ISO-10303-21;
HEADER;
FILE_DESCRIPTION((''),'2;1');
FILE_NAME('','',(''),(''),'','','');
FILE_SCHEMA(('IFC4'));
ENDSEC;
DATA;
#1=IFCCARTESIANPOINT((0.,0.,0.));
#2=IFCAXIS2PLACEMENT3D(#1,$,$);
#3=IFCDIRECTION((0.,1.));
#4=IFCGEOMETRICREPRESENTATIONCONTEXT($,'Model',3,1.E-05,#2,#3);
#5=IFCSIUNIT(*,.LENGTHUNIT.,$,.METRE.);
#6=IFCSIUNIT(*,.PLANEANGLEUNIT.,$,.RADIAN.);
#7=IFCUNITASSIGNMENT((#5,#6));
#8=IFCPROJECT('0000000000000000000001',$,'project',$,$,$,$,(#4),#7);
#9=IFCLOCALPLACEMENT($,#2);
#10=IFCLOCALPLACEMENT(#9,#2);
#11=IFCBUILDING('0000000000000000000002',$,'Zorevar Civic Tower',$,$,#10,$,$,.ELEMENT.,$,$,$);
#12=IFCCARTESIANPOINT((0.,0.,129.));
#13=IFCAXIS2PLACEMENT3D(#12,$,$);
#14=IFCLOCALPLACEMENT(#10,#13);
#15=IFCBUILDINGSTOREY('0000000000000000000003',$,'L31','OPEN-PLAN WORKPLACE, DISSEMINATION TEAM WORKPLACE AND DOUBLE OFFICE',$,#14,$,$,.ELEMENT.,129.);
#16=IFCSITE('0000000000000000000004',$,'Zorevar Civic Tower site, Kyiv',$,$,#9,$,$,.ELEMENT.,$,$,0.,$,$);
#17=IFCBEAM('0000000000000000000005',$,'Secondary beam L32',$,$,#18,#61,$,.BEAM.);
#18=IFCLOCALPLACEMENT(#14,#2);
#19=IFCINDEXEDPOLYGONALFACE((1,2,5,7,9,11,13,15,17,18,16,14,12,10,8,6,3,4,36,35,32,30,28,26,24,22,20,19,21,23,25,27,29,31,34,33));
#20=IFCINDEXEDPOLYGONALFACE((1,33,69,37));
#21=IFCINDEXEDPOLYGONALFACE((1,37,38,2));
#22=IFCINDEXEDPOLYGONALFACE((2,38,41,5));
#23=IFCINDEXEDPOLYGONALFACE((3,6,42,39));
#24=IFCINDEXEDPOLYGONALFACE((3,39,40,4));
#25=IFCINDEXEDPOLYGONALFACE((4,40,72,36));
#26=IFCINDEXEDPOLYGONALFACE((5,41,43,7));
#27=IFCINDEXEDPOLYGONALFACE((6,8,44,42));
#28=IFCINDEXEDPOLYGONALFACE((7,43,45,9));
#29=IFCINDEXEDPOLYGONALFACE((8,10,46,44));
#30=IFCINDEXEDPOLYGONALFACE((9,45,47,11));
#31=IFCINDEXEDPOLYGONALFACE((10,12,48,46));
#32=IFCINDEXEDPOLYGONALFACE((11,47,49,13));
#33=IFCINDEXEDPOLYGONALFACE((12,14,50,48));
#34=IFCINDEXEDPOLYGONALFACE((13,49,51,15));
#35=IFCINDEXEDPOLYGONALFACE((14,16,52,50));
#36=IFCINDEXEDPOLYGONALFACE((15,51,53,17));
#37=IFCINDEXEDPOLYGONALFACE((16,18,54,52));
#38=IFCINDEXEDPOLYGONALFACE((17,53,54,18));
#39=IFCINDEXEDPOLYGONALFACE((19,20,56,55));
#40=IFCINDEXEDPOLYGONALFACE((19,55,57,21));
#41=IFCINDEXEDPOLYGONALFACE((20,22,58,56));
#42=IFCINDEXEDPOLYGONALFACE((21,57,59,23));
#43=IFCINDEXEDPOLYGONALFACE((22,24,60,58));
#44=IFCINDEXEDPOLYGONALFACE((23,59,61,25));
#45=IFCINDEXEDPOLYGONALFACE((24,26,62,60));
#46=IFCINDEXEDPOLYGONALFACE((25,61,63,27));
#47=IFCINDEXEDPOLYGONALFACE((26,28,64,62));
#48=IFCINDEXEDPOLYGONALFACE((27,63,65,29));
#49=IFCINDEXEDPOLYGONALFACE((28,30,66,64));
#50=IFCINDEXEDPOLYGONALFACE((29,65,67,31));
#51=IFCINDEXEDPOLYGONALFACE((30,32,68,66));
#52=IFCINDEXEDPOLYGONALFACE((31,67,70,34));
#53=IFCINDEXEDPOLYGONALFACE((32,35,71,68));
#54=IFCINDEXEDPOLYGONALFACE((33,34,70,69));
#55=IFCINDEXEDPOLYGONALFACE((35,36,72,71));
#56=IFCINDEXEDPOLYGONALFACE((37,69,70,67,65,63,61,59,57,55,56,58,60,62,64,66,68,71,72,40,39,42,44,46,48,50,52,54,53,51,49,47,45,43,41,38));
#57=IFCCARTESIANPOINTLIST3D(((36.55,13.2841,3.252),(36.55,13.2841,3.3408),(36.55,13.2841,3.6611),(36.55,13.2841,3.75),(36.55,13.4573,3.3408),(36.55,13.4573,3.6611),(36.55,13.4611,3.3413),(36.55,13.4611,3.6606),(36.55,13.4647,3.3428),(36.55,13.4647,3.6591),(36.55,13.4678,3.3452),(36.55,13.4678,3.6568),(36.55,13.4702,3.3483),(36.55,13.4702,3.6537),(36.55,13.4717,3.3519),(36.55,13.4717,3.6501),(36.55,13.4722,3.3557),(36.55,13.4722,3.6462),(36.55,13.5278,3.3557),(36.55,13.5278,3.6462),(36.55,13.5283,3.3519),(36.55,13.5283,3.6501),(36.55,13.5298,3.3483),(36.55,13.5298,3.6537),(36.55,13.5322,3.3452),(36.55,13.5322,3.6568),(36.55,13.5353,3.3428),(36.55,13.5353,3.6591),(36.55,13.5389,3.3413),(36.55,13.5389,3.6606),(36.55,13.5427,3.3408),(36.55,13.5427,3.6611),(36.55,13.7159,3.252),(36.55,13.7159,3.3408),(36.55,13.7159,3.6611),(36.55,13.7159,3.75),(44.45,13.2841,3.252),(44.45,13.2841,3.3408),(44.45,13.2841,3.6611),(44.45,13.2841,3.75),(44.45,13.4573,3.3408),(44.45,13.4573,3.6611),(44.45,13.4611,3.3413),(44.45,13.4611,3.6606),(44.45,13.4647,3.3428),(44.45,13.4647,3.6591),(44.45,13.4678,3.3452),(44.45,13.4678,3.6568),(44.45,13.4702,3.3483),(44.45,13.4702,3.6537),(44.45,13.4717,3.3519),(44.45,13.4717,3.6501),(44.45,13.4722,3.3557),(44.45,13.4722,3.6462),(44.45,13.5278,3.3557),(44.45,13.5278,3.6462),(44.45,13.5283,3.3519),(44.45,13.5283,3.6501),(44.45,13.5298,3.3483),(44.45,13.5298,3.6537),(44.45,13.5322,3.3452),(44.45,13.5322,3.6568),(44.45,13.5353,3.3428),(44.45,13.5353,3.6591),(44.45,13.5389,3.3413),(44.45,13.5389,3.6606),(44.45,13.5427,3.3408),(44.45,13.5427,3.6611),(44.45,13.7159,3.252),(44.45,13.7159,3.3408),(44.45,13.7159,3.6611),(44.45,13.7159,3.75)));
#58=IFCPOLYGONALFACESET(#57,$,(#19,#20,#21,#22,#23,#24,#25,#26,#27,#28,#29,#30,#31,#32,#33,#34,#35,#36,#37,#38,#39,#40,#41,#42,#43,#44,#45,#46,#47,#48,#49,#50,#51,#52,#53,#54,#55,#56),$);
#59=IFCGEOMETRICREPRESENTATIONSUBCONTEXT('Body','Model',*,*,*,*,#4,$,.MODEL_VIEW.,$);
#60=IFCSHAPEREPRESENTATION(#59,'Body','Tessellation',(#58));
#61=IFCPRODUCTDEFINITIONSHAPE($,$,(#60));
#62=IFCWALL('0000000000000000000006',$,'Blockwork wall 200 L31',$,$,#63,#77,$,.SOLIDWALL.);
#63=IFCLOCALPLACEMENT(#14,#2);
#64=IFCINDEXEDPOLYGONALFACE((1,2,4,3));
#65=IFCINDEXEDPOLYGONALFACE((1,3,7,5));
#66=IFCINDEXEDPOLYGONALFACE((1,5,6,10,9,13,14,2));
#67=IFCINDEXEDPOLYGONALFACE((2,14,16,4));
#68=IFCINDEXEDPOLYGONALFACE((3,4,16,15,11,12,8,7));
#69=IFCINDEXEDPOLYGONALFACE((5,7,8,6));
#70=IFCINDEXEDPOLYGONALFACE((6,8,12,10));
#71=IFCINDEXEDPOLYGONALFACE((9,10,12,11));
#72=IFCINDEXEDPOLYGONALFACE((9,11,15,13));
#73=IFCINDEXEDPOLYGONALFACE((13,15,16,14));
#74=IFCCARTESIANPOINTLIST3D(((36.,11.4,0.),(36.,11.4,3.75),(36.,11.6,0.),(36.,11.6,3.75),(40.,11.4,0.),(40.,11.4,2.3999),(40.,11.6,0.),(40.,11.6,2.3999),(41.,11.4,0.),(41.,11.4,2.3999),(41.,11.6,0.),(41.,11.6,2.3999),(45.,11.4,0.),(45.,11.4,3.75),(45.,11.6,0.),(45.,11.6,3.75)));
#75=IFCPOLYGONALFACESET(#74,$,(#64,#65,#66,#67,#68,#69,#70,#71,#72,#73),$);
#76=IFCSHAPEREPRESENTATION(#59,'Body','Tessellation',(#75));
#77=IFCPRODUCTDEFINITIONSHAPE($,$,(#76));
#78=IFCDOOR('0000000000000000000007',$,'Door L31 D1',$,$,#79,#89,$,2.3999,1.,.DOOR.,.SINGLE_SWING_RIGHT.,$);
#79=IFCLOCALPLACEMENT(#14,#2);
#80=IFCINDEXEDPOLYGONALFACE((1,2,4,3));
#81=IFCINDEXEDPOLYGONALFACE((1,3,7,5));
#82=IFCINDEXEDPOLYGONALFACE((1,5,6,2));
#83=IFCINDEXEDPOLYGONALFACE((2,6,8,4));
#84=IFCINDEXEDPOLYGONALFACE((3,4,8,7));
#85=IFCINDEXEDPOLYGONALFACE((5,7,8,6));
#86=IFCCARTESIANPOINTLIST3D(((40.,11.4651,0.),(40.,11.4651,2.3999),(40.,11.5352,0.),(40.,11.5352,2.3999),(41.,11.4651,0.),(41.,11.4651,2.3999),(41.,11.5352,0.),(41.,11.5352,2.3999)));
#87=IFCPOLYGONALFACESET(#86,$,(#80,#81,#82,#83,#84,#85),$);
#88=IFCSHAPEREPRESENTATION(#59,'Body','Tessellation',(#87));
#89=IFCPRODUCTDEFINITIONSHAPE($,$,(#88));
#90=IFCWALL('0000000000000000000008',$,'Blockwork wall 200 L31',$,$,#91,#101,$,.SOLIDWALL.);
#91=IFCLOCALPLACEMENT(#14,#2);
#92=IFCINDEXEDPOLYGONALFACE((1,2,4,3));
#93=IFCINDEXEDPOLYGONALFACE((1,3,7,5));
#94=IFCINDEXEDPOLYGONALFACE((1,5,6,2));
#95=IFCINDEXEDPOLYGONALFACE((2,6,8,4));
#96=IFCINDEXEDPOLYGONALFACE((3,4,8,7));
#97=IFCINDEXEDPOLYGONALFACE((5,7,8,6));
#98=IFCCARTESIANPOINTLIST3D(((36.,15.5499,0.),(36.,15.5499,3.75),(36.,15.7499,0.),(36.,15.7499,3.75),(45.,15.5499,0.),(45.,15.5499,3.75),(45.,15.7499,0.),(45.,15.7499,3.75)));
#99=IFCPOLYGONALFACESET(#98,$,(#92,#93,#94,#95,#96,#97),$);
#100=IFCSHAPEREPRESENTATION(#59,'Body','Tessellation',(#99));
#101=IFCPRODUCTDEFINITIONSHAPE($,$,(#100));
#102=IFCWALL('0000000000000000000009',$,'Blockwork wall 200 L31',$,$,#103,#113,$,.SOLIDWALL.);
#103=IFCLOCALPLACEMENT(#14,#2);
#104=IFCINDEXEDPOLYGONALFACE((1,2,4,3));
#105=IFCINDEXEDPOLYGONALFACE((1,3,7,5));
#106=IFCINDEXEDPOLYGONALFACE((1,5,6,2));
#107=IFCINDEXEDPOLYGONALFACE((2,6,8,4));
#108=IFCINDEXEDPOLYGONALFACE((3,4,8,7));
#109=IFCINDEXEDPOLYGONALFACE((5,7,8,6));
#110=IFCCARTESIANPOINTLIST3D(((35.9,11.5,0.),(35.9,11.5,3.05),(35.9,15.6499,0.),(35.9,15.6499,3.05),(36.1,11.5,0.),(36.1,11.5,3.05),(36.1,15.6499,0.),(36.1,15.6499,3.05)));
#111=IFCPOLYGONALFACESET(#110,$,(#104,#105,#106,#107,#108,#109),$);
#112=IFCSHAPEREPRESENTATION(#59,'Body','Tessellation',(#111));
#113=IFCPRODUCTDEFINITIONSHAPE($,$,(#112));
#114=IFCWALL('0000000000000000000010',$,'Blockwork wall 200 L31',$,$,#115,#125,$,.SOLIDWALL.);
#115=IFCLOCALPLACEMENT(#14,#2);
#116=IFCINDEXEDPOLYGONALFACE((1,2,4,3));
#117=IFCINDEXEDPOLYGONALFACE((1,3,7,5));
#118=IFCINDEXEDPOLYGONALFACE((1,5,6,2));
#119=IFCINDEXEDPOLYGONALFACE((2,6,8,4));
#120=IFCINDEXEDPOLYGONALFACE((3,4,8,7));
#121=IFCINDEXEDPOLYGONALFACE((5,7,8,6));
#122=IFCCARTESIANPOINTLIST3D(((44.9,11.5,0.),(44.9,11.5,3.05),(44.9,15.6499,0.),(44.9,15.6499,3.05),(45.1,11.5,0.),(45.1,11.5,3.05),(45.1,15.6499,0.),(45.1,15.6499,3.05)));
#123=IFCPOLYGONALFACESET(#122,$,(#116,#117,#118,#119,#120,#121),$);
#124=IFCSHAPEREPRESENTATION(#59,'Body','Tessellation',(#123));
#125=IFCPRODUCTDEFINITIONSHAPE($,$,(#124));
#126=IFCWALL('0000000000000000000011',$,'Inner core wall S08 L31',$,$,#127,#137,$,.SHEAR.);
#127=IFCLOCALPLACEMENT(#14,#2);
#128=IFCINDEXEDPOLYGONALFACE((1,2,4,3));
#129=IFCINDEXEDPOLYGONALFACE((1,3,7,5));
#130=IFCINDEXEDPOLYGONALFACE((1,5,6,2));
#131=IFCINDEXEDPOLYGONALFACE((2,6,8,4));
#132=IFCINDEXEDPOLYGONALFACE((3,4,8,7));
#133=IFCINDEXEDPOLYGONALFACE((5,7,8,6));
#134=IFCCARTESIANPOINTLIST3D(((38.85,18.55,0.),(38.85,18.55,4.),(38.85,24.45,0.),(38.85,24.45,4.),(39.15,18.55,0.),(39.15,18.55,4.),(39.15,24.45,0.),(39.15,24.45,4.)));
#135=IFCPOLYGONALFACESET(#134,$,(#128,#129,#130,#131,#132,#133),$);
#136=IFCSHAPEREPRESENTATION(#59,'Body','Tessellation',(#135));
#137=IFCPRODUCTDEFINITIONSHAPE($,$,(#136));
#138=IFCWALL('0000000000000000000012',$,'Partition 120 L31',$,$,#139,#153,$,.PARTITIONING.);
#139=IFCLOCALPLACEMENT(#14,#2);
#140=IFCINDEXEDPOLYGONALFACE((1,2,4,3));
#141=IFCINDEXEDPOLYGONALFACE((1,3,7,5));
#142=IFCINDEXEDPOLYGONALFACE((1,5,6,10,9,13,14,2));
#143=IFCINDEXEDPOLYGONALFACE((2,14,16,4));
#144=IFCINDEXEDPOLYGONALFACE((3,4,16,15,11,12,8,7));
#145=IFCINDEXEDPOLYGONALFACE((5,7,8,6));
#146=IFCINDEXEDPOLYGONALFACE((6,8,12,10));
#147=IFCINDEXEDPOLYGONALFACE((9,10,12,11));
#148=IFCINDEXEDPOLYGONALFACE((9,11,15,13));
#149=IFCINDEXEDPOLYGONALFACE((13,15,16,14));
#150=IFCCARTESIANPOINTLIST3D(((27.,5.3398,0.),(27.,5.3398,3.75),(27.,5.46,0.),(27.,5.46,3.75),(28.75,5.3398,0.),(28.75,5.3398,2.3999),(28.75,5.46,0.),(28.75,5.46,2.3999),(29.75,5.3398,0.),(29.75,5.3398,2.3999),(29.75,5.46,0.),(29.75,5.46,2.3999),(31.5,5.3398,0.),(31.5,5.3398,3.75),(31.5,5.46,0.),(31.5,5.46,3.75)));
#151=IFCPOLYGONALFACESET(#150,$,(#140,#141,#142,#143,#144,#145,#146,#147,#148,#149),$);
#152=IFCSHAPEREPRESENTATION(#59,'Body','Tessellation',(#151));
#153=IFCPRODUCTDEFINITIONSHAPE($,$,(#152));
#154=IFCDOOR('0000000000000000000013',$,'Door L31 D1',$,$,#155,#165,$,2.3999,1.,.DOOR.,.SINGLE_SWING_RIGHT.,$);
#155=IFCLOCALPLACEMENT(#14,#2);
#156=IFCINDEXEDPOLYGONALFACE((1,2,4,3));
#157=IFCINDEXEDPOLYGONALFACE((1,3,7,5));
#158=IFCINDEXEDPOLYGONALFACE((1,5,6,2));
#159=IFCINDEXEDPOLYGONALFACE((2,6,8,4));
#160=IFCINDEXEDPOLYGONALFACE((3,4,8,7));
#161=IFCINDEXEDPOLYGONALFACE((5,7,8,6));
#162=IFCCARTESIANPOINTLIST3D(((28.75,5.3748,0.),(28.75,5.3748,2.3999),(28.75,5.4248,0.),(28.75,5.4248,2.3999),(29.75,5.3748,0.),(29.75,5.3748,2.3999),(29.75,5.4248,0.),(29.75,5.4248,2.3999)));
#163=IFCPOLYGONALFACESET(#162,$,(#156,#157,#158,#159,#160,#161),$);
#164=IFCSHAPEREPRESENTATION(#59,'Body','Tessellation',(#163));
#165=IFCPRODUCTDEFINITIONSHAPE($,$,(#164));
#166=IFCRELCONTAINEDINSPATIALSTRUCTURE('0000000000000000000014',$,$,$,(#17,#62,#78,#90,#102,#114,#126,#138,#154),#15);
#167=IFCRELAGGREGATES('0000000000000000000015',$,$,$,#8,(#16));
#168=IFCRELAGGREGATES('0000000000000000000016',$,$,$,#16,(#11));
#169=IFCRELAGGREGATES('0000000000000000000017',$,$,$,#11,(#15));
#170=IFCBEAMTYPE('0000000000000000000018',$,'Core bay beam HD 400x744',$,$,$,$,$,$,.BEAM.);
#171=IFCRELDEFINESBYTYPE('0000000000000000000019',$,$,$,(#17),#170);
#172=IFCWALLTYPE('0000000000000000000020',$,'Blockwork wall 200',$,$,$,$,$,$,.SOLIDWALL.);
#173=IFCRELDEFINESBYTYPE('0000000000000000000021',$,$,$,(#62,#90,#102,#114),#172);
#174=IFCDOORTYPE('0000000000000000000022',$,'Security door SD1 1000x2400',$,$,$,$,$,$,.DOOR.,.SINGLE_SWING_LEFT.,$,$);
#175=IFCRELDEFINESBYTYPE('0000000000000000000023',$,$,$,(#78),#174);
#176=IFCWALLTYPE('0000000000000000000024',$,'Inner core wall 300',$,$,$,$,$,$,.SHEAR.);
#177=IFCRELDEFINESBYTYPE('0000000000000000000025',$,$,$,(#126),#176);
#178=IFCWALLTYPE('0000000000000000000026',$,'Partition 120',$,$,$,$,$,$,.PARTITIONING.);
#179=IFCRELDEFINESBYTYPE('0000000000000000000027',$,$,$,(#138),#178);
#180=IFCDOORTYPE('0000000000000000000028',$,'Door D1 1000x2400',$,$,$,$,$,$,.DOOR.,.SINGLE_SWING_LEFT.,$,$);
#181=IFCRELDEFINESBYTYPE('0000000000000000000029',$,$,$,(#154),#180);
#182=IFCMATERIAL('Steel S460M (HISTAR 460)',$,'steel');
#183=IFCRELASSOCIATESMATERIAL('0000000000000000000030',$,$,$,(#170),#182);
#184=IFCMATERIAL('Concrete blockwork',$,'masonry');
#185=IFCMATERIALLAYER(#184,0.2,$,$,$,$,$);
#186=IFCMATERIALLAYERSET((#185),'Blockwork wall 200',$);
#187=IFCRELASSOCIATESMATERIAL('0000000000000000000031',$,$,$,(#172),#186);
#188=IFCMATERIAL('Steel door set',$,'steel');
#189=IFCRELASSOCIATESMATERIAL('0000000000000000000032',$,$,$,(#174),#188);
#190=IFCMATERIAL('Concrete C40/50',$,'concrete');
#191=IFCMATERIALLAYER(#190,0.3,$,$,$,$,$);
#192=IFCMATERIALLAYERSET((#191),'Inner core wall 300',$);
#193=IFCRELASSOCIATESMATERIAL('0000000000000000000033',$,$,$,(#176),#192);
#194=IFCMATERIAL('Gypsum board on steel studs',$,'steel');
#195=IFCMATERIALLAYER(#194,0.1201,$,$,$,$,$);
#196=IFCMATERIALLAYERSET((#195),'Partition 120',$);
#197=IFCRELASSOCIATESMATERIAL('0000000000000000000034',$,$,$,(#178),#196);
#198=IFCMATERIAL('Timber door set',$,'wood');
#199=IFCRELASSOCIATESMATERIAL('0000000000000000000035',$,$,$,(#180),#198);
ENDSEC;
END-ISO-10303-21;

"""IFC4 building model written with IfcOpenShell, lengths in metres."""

from ifc_helpers import new_model, si_unit, direction, frame, frame_2d, origin, origin_2d, place, context, subcontext, project, spatial, rectangle, i_section, extrude, material, layer, layer_set, material_profile, profile_set, type_object, element, fill, save


model = new_model("IFC4")

# Units and contexts
model_context = context("Model", 3, precision=1e-05, world=origin(), true_north=direction((0.0, 1.0)))
body_context = subcontext(model_context, "Body", "Model", "MODEL_VIEW")
ifc_project = project(units=[si_unit("LENGTHUNIT", "METRE"), si_unit("PLANEANGLEUNIT", "RADIAN")], contexts=[model_context])

# Site, building, storey
site_placement = place(None, origin())
site = spatial("IfcSite", under=ifc_project, at=site_placement, Name="Zorevar Civic Tower site, Kyiv", CompositionType="ELEMENT", RefElevation=0.0)
building_placement = place(site_placement, origin())
building = spatial("IfcBuilding", under=site, at=building_placement, Name="Zorevar Civic Tower", CompositionType="ELEMENT")
storey_placement = place(building_placement, frame((0.0, 0.0, 129.0)))
storey = spatial("IfcBuildingStorey", under=building, at=storey_placement, Name="L31", Description="OPEN-PLAN WORKPLACE, DISSEMINATION TEAM WORKPLACE AND DOUBLE OFFICE", CompositionType="ELEMENT", Elevation=129.0)

# Beam
ifc_material_1 = material(Name="Steel S460M (HISTAR 460)", Category="steel")
ifc_material_profile_1 = material_profile(ifc_material_1, i_section(OverallWidth=0.4319, OverallDepth=0.498, WebThickness=0.0557, FlangeThickness=0.0889, FilletRadius=0.0149, at=origin_2d()), Name="HD 400x744")
ifc_profile_set_1 = profile_set([ifc_material_profile_1], Name="Steel S460M (HISTAR 460)")
beam_type_1 = type_object("IfcBeamType", Name="Core bay beam HD 400x744", PredefinedType="BEAM", material=ifc_profile_set_1)
for number, where, z_axis, x_axis, name in (
    (1, (36.55, 13.5, 3.501), (1.0, 0.0, 0.0), (0.0, 1.0, 0.0), "Secondary beam L32"),
):
    element("IfcBeam", number, at=place(storey_placement, frame(where, z_axis=z_axis, x_axis=x_axis)), inside=storey, type_object=beam_type_1, Name=name, PredefinedType="BEAM", context=body_context, shape_type="SweptSolid", body=[
        extrude(i_section(OverallWidth=0.4319, OverallDepth=0.498, WebThickness=0.0557, FlangeThickness=0.0889, FilletRadius=0.0149, at=origin_2d()), origin(), (0.0, 0.0, 1.0), 7.8999),
    ])

# Wall, opening, door
ifc_material_2 = material(Name="Concrete blockwork", Category="masonry")
ifc_layer_1 = layer(ifc_material_2, 0.2)
ifc_layer_set_1 = layer_set([ifc_layer_1], Name="Blockwork wall 200")
wall_type_1 = type_object("IfcWallType", Name="Blockwork wall 200", PredefinedType="SOLIDWALL", material=ifc_layer_set_1)
wall_1_placement = place(storey_placement, frame((36.0, 11.5, 0.0), z_axis=(0.0, 0.0, 1.0), x_axis=(1.0, 0.0, 0.0)))
wall_1 = element("IfcWall", 2, at=wall_1_placement, inside=storey, type_object=wall_type_1, Name="Blockwork wall 200 L31", PredefinedType="SOLIDWALL", context=body_context, shape_type="SweptSolid", body=[
    extrude(rectangle(XDim=9.0, YDim=0.2, at=frame_2d((4.5, 0.0))), origin(), (0.0, 0.0, 1.0), 3.75),
])
opening_1_placement = place(wall_1_placement, frame((4.0, 0.0, 0.0)))
opening_1 = element("IfcOpeningElement", 3, at=opening_1_placement, cuts=wall_1, PredefinedType="OPENING", context=body_context, shape_type="SweptSolid", body=[
    extrude(rectangle(XDim=1.0, YDim=2.3999, at=frame_2d((0.5, 1.2))), frame((0.0, 0.1099, 0.0), z_axis=(0.0, -1.0, 0.0), x_axis=(1.0, 0.0, 0.0)), (0.0, 0.0, 1.0), 0.22),
])
ifc_material_3 = material(Name="Steel door set", Category="steel")
door_type_1 = type_object("IfcDoorType", Name="Security door SD1 1000x2400", OperationType="SINGLE_SWING_LEFT", PredefinedType="DOOR", material=ifc_material_3)
door_1_placement = place(opening_1_placement, origin())
door_1 = element("IfcDoor", 4, at=door_1_placement, inside=storey, type_object=door_type_1, Name="Door L31 D1", OperationType="SINGLE_SWING_RIGHT", OverallHeight=2.3999, OverallWidth=1.0, PredefinedType="DOOR", context=body_context, shape_type="SweptSolid", body=[
    extrude(rectangle(XDim=1.0, YDim=2.3999, at=frame_2d((0.5, 1.2))), frame((0.0, 0.0352, 0.0), z_axis=(0.0, -1.0, 0.0), x_axis=(1.0, 0.0, 0.0)), (0.0, 0.0, 1.0), 0.0701),
])
fill(opening_1, door_1)

# Walls
wall_2_placement = place(storey_placement, frame((36.0, 15.6499, 0.0), z_axis=(0.0, 0.0, 1.0), x_axis=(1.0, 0.0, 0.0)))
element("IfcWall", 5, at=wall_2_placement, inside=storey, type_object=wall_type_1, Name="Blockwork wall 200 L31", PredefinedType="SOLIDWALL", context=body_context, shape_type="SweptSolid", body=[
    extrude(rectangle(XDim=9.0, YDim=0.2, at=frame_2d((4.5, 0.0))), origin(), (0.0, 0.0, 1.0), 3.75),
])
for number, where, z_axis, x_axis, name in (
    (6, (36.0, 11.5, 0.0), (0.0, 0.0, 1.0), (0.0, 1.0, 0.0), "Blockwork wall 200 L31"),
    (7, (45.0, 11.5, 0.0), (0.0, 0.0, 1.0), (0.0, 1.0, 0.0), "Blockwork wall 200 L31"),
):
    element("IfcWall", number, at=place(storey_placement, frame(where, z_axis=z_axis, x_axis=x_axis)), inside=storey, type_object=wall_type_1, Name=name, PredefinedType="SOLIDWALL", context=body_context, shape_type="SweptSolid", body=[
        extrude(rectangle(XDim=4.1499, YDim=0.2, at=frame_2d((2.075, 0.0))), origin(), (0.0, 0.0, 1.0), 3.05),
    ])
ifc_material_4 = material(Name="Concrete C40/50", Category="concrete")
ifc_layer_2 = layer(ifc_material_4, 0.3)
ifc_layer_set_2 = layer_set([ifc_layer_2], Name="Inner core wall 300")
wall_type_2 = type_object("IfcWallType", Name="Inner core wall 300", PredefinedType="SHEAR", material=ifc_layer_set_2)
wall_3_placement = place(storey_placement, frame((39.0, 18.55, 0.0), z_axis=(0.0, 0.0, 1.0), x_axis=(0.0, 1.0, 0.0)))
element("IfcWall", 8, at=wall_3_placement, inside=storey, type_object=wall_type_2, Name="Inner core wall S08 L31", PredefinedType="SHEAR", context=body_context, shape_type="SweptSolid", body=[
    extrude(rectangle(XDim=5.8999, YDim=0.3, at=frame_2d((2.95, 0.0))), origin(), (0.0, 0.0, 1.0), 4.0),
])

# Wall, opening, door
ifc_material_5 = material(Name="Gypsum board on steel studs", Category="steel")
ifc_layer_3 = layer(ifc_material_5, 0.1201)
ifc_layer_set_3 = layer_set([ifc_layer_3], Name="Partition 120")
wall_type_3 = type_object("IfcWallType", Name="Partition 120", PredefinedType="PARTITIONING", material=ifc_layer_set_3)
wall_4_placement = place(storey_placement, frame((27.0, 5.3999, 0.0), z_axis=(0.0, 0.0, 1.0), x_axis=(1.0, 0.0, 0.0)))
wall_4 = element("IfcWall", 9, at=wall_4_placement, inside=storey, type_object=wall_type_3, Name="Partition 120 L31", PredefinedType="PARTITIONING", context=body_context, shape_type="SweptSolid", body=[
    extrude(rectangle(XDim=4.5, YDim=0.1201, at=frame_2d((2.25, 0.0))), origin(), (0.0, 0.0, 1.0), 3.75),
])
opening_2_placement = place(wall_4_placement, frame((1.75, 0.0, 0.0)))
opening_2 = element("IfcOpeningElement", 10, at=opening_2_placement, cuts=wall_4, PredefinedType="OPENING", context=body_context, shape_type="SweptSolid", body=[
    extrude(rectangle(XDim=1.0, YDim=2.3999, at=frame_2d((0.5, 1.2))), frame((0.0, 0.0701, 0.0), z_axis=(0.0, -1.0, 0.0), x_axis=(1.0, 0.0, 0.0)), (0.0, 0.0, 1.0), 0.1401),
])
ifc_material_6 = material(Name="Timber door set", Category="wood")
door_type_2 = type_object("IfcDoorType", Name="Door D1 1000x2400", OperationType="SINGLE_SWING_LEFT", PredefinedType="DOOR", material=ifc_material_6)
door_2_placement = place(opening_2_placement, origin())
door_2 = element("IfcDoor", 11, at=door_2_placement, inside=storey, type_object=door_type_2, Name="Door L31 D1", OperationType="SINGLE_SWING_RIGHT", OverallHeight=2.3999, OverallWidth=1.0, PredefinedType="DOOR", context=body_context, shape_type="SweptSolid", body=[
    extrude(rectangle(XDim=1.0, YDim=2.3999, at=frame_2d((0.5, 1.2))), frame((0.0, 0.0249, 0.0), z_axis=(0.0, -1.0, 0.0), x_axis=(1.0, 0.0, 0.0)), (0.0, 0.0, 1.0), 0.05),
])
fill(opening_2, door_2)

save(model, "model.ifc")
